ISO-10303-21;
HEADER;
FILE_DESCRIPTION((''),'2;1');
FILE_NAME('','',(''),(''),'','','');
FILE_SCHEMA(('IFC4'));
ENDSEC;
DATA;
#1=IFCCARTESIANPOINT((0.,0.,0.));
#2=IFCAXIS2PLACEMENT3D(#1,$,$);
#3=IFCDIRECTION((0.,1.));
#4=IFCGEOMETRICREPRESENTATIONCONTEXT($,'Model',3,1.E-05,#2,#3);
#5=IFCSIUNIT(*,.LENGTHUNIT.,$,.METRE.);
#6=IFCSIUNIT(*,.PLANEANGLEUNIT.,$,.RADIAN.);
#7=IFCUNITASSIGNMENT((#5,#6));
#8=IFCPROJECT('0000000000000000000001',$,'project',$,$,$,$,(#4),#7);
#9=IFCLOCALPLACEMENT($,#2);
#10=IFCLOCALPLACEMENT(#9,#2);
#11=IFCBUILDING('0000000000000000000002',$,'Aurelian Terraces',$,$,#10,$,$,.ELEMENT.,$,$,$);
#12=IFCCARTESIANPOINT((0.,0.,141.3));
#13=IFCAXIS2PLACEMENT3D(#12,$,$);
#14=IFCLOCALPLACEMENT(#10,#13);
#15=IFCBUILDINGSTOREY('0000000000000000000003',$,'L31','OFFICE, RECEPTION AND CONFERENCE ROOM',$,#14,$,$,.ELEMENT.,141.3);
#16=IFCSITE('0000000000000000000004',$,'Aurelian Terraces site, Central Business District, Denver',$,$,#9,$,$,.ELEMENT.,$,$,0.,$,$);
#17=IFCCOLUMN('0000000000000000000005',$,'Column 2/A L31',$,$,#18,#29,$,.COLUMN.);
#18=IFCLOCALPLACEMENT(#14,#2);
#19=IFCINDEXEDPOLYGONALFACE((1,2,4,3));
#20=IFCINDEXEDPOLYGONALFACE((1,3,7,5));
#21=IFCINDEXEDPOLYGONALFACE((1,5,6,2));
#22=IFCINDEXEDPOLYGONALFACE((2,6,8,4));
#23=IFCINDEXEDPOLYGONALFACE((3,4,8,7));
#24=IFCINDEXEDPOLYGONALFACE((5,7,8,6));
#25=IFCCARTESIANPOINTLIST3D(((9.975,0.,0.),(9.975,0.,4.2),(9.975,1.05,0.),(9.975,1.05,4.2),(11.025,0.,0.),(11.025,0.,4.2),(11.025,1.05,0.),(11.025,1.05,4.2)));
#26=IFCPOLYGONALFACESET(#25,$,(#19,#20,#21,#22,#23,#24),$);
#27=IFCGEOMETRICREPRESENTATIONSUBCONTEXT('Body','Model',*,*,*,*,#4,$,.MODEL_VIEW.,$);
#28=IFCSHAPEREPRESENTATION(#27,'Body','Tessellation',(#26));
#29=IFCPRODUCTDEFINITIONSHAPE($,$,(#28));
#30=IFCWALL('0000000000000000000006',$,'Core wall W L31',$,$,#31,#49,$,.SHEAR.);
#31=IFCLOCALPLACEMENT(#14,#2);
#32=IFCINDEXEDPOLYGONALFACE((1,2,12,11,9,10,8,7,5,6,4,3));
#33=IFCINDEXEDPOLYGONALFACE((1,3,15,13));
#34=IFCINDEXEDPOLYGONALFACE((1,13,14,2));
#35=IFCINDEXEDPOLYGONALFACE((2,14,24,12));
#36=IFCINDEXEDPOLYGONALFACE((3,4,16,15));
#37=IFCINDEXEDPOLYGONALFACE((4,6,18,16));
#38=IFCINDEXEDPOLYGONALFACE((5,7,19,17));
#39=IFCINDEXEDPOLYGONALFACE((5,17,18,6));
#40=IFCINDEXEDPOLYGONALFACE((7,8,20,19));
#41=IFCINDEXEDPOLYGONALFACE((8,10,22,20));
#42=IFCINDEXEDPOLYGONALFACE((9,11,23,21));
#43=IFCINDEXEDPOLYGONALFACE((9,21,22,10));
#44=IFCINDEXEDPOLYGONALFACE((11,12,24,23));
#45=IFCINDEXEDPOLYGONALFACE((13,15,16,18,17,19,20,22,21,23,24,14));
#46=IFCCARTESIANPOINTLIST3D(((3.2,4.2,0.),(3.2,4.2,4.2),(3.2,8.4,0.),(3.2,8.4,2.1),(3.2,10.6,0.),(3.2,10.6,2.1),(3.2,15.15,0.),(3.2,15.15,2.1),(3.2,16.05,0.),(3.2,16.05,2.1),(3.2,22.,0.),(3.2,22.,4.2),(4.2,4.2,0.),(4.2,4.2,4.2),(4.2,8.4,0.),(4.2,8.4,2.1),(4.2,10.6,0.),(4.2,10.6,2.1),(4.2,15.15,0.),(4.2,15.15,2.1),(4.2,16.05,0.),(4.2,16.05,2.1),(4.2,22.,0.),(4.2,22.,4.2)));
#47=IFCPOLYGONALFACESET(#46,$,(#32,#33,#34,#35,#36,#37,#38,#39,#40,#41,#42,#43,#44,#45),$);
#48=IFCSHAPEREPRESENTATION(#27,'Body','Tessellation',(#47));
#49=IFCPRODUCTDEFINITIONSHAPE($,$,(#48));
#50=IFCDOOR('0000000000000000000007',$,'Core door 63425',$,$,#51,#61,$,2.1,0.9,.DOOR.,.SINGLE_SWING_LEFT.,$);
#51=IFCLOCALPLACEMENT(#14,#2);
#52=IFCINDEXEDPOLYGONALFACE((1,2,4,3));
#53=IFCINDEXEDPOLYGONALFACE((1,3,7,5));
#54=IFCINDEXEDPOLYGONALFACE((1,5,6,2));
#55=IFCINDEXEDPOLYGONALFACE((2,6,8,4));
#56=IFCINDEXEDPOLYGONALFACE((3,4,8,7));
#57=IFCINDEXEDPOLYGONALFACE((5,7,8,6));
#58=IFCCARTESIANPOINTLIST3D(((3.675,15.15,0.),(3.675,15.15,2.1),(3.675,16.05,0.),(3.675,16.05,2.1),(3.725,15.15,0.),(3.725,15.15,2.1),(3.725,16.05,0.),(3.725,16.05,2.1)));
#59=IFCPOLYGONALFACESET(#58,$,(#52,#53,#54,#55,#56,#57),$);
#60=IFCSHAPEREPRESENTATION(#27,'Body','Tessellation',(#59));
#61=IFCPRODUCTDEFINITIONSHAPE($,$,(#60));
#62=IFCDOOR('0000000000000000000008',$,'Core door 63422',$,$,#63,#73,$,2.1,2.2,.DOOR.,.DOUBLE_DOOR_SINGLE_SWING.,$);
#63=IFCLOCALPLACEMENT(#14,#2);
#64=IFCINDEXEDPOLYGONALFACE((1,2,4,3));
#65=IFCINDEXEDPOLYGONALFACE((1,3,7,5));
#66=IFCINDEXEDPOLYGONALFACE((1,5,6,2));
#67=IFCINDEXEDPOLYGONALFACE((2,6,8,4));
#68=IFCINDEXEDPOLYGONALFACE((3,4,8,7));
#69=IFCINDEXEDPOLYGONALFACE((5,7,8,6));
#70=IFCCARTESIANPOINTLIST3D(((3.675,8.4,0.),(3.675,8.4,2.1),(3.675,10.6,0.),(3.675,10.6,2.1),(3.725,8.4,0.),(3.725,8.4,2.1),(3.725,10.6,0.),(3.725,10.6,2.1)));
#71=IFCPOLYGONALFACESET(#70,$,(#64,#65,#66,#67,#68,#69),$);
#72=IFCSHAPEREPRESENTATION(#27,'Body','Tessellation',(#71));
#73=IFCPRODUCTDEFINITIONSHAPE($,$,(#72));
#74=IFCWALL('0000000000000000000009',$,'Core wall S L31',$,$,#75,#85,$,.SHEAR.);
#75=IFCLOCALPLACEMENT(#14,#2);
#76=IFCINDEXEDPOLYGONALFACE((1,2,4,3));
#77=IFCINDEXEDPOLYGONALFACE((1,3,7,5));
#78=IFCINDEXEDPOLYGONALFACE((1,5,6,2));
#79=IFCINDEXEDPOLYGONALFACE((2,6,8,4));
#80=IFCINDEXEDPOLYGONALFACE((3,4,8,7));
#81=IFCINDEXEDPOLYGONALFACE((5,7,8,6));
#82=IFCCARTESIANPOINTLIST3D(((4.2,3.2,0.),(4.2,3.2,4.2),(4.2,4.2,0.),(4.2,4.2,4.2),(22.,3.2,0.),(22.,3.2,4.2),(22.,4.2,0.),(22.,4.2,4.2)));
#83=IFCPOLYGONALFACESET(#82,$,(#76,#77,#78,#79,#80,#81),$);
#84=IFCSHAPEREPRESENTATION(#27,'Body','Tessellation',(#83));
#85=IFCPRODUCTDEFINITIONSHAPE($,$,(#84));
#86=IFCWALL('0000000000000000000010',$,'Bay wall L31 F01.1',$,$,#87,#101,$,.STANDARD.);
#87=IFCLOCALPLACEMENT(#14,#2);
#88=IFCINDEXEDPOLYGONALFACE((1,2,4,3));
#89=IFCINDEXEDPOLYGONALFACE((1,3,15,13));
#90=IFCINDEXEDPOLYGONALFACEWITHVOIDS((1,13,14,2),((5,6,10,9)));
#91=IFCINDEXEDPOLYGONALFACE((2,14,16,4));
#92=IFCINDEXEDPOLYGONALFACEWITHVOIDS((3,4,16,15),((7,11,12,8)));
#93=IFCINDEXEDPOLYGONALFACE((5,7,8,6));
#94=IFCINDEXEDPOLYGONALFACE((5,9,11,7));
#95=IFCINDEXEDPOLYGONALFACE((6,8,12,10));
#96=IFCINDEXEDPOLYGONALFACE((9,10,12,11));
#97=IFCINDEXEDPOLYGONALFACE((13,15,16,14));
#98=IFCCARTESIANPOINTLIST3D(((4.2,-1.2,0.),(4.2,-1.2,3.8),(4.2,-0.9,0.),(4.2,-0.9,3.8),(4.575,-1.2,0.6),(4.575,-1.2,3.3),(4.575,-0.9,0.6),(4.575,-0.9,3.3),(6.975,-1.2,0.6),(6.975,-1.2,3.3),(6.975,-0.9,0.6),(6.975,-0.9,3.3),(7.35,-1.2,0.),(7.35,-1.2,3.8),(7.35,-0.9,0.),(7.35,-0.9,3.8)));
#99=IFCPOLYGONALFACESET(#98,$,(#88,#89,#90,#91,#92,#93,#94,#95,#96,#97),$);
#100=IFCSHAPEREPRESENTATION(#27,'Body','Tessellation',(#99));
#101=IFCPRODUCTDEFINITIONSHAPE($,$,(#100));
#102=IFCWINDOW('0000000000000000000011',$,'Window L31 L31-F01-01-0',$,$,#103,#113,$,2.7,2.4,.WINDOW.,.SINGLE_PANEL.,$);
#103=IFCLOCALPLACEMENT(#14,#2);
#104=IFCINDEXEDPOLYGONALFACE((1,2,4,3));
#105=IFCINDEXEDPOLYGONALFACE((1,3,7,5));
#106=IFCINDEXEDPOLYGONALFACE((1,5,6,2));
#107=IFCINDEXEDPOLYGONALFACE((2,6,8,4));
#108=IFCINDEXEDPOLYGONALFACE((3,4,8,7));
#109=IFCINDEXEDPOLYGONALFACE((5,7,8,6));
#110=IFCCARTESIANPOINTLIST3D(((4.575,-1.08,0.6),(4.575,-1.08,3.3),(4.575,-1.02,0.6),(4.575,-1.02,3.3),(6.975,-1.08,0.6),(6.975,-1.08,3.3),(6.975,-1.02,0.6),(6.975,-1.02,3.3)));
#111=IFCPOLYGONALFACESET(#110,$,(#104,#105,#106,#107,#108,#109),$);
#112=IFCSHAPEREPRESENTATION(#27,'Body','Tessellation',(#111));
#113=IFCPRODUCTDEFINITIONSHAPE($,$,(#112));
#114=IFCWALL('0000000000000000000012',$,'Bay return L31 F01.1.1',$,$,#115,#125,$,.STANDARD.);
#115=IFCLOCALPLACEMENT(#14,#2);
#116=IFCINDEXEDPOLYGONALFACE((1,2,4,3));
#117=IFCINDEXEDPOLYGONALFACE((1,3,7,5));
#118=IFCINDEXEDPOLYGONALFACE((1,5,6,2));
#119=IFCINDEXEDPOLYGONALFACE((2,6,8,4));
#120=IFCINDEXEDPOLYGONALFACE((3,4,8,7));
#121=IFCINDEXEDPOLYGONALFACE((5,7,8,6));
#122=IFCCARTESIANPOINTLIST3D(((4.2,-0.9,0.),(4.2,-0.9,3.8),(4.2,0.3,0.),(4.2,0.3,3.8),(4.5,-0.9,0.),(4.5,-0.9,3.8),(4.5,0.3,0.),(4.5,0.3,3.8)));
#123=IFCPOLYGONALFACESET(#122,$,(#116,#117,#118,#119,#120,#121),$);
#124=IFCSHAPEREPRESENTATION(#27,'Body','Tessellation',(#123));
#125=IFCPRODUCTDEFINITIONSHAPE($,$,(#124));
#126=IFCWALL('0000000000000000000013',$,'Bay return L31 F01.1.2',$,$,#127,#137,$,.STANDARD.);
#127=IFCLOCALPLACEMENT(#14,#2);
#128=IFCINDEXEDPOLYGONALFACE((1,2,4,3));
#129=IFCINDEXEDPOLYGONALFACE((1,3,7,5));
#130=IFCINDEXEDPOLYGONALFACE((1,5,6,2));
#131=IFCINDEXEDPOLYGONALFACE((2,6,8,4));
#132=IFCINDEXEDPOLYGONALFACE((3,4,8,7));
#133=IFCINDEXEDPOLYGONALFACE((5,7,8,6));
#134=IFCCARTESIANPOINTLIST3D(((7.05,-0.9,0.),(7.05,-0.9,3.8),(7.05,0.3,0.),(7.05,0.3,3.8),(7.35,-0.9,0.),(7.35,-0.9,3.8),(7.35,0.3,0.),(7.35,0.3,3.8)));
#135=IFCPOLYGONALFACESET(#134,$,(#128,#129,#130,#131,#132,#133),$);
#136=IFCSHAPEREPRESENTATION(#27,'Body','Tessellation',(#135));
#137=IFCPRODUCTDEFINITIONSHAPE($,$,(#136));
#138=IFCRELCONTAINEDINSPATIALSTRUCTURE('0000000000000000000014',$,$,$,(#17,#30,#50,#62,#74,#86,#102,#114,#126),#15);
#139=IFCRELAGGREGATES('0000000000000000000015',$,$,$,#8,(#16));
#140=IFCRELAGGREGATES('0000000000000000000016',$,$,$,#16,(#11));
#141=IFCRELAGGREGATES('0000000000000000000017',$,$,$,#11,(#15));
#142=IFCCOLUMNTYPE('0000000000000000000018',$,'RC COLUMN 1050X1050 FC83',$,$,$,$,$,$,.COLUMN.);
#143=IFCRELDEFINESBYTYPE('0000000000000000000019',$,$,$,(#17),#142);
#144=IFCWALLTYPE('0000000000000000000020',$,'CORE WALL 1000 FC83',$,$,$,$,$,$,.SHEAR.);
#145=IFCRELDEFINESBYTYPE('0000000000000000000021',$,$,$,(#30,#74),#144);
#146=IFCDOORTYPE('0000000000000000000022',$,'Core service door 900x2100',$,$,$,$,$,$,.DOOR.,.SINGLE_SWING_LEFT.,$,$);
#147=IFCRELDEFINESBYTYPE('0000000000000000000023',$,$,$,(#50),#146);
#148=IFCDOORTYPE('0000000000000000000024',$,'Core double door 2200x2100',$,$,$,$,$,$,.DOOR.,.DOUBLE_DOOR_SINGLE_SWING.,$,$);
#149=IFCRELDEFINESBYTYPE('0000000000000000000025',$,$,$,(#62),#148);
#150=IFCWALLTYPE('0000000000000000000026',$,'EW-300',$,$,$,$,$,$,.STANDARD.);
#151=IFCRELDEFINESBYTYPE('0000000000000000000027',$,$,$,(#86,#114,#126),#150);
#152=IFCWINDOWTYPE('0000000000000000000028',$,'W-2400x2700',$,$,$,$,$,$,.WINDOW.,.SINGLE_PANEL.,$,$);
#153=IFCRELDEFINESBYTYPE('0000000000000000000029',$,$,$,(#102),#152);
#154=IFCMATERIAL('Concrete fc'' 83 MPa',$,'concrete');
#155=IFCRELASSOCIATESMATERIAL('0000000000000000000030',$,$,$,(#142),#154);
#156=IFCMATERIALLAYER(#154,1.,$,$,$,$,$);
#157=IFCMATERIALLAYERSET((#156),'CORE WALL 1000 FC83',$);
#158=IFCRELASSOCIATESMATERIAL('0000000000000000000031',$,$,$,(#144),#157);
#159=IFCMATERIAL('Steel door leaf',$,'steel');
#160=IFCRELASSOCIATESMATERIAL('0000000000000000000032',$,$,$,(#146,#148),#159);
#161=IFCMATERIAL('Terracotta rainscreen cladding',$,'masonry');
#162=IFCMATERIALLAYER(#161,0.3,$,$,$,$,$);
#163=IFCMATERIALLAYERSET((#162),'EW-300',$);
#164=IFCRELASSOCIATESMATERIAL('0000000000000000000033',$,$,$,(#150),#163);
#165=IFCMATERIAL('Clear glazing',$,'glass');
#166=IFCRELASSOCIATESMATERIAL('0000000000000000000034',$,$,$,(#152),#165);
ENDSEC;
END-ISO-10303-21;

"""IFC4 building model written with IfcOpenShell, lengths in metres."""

from ifc_helpers import new_model, si_unit, direction, frame, frame_2d, origin, origin_2d, place, context, subcontext, project, spatial, rectangle, extrude, source, transform, mapped, material, layer, layer_set, material_profile, profile_set, type_object, element, fill, save


model = new_model("IFC4")

# Units and contexts
model_context = context("Model", 3, precision=1e-05, world=origin(), true_north=direction((0.0, 1.0)))
body_context = subcontext(model_context, "Body", "Model", "MODEL_VIEW")
ifc_project = project(units=[si_unit("LENGTHUNIT", "METRE"), si_unit("PLANEANGLEUNIT", "RADIAN")], contexts=[model_context])

# Site, building, storey
site_placement = place(None, origin())
site = spatial("IfcSite", under=ifc_project, at=site_placement, Name="Aurelian Terraces site, Central Business District, Denver", CompositionType="ELEMENT", RefElevation=0.0)
building_placement = place(site_placement, origin())
building = spatial("IfcBuilding", under=site, at=building_placement, Name="Aurelian Terraces", CompositionType="ELEMENT")
storey_placement = place(building_placement, frame((0.0, 0.0, 141.3)))
storey = spatial("IfcBuildingStorey", under=building, at=storey_placement, Name="L31", Description="OFFICE, RECEPTION AND CONFERENCE ROOM", CompositionType="ELEMENT", Elevation=141.3)

# Column
ifc_material_1 = material(Name="Concrete fc' 83 MPa", Category="concrete")
ifc_material_profile = material_profile(ifc_material_1, rectangle(XDim=1.05, YDim=1.05, at=origin_2d()))
ifc_profile_set = profile_set([ifc_material_profile], Name="Concrete fc' 83 MPa")
column_type = type_object("IfcColumnType", Name="RC COLUMN 1050X1050 FC83", PredefinedType="COLUMN", material=ifc_profile_set)
shared_shape_1 = source(origin(), body_context, "Body", "SweptSolid", [
    extrude(rectangle(XDim=1.05, YDim=1.05, at=origin_2d()), origin(), (0.0, 0.0, 1.0), 4.2),
])
column_placement = place(storey_placement, frame((10.5, 0.525, 0.0), z_axis=(0.0, 0.0, 1.0), x_axis=(1.0, 0.0, 0.0)))
element("IfcColumn", 1, at=column_placement, inside=storey, type_object=column_type, Name="Column 2/A L31", PredefinedType="COLUMN", context=body_context, shape_type="MappedRepresentation", body=[
    mapped(shared_shape_1, transform((0.0, 0.0, 0.0), scale=1.0)),
])

# Wall, openings, doors
ifc_layer_1 = layer(ifc_material_1, 1.0)
ifc_layer_set_1 = layer_set([ifc_layer_1], Name="CORE WALL 1000 FC83")
wall_type_1 = type_object("IfcWallType", Name="CORE WALL 1000 FC83", PredefinedType="SHEAR", material=ifc_layer_set_1)
shared_shape_2 = source(origin(), body_context, "Body", "SweptSolid", [
    extrude(rectangle(XDim=17.8, YDim=1.0, at=frame_2d((8.9, 0.0))), origin(), (0.0, 0.0, 1.0), 4.2),
])
wall_1_placement = place(storey_placement, frame((3.7, 4.2, 0.0), z_axis=(0.0, 0.0, 1.0), x_axis=(0.0, 1.0, 0.0)))
wall_1 = element("IfcWall", 2, at=wall_1_placement, inside=storey, type_object=wall_type_1, Name="Core wall W L31", PredefinedType="SHEAR", context=body_context, shape_type="MappedRepresentation", body=[
    mapped(shared_shape_2, transform((0.0, 0.0, 0.0), scale=1.0)),
])
shared_shape_3 = source(origin(), body_context, "Body", "SweptSolid", [
    extrude(rectangle(XDim=2.2, YDim=2.1, at=frame_2d((1.1, 1.05))), frame((0.0, 0.51, 0.0), z_axis=(0.0, -1.0, 0.0), x_axis=(1.0, 0.0, 0.0)), (0.0, 0.0, 1.0), 1.02),
])
opening_1_placement = place(wall_1_placement, frame((4.2, 0.0, 0.0)))
opening_1 = element("IfcOpeningElement", 3, at=opening_1_placement, cuts=wall_1, PredefinedType="OPENING", context=body_context, shape_type="MappedRepresentation", body=[
    mapped(shared_shape_3, transform((0.0, 0.0, 0.0), scale=1.0)),
])
shared_shape_4 = source(origin(), body_context, "Body", "SweptSolid", [
    extrude(rectangle(XDim=0.9, YDim=2.1, at=frame_2d((0.45, 1.05))), frame((0.0, 0.51, 0.0), z_axis=(0.0, -1.0, 0.0), x_axis=(1.0, 0.0, 0.0)), (0.0, 0.0, 1.0), 1.02),
])
opening_2_placement = place(wall_1_placement, frame((10.95, 0.0, 0.0)))
opening_2 = element("IfcOpeningElement", 4, at=opening_2_placement, cuts=wall_1, PredefinedType="OPENING", context=body_context, shape_type="MappedRepresentation", body=[
    mapped(shared_shape_4, transform((0.0, 0.0, 0.0), scale=1.0)),
])
ifc_material_2 = material(Name="Steel door leaf", Category="steel")
door_type_1 = type_object("IfcDoorType", Name="Core service door 900x2100", OperationType="SINGLE_SWING_LEFT", PredefinedType="DOOR", material=ifc_material_2)
shared_shape_5 = source(origin(), body_context, "Body", "SweptSolid", [
    extrude(rectangle(XDim=0.9, YDim=2.1, at=frame_2d((0.45, 1.05))), frame((0.0, 0.025, 0.0), z_axis=(0.0, -1.0, 0.0), x_axis=(1.0, 0.0, 0.0)), (0.0, 0.0, 1.0), 0.05),
])
door_1_placement = place(opening_2_placement, origin())
door_1 = element("IfcDoor", 5, at=door_1_placement, inside=storey, type_object=door_type_1, Name="Core door 63425", OperationType="SINGLE_SWING_LEFT", OverallHeight=2.1, OverallWidth=0.9, PredefinedType="DOOR", context=body_context, shape_type="MappedRepresentation", body=[
    mapped(shared_shape_5, transform((0.0, 0.0, 0.0), scale=1.0)),
])
fill(opening_2, door_1)
door_type_2 = type_object("IfcDoorType", Name="Core double door 2200x2100", OperationType="DOUBLE_DOOR_SINGLE_SWING", PredefinedType="DOOR", material=ifc_material_2)
shared_shape_6 = source(origin(), body_context, "Body", "SweptSolid", [
    extrude(rectangle(XDim=2.2, YDim=2.1, at=frame_2d((1.1, 1.05))), frame((0.0, 0.025, 0.0), z_axis=(0.0, -1.0, 0.0), x_axis=(1.0, 0.0, 0.0)), (0.0, 0.0, 1.0), 0.05),
])
door_2_placement = place(opening_1_placement, origin())
door_2 = element("IfcDoor", 6, at=door_2_placement, inside=storey, type_object=door_type_2, Name="Core door 63422", OperationType="DOUBLE_DOOR_SINGLE_SWING", OverallHeight=2.1, OverallWidth=2.2, PredefinedType="DOOR", context=body_context, shape_type="MappedRepresentation", body=[
    mapped(shared_shape_6, transform((0.0, 0.0, 0.0), scale=1.0)),
])
fill(opening_1, door_2)

# Wall
wall_2_placement = place(storey_placement, frame((4.2, 3.7, 0.0), z_axis=(0.0, 0.0, 1.0), x_axis=(1.0, 0.0, 0.0)))
element("IfcWall", 7, at=wall_2_placement, inside=storey, type_object=wall_type_1, Name="Core wall S L31", PredefinedType="SHEAR", context=body_context, shape_type="MappedRepresentation", body=[
    mapped(shared_shape_2, transform((0.0, 0.0, 0.0), scale=1.0)),
])

# Wall, opening, window
ifc_material_3 = material(Name="Terracotta rainscreen cladding", Category="masonry")
ifc_layer_2 = layer(ifc_material_3, 0.3)
ifc_layer_set_2 = layer_set([ifc_layer_2], Name="EW-300")
wall_type_2 = type_object("IfcWallType", Name="EW-300", PredefinedType="STANDARD", material=ifc_layer_set_2)
shared_shape_7 = source(origin(), body_context, "Body", "SweptSolid", [
    extrude(rectangle(XDim=3.15, YDim=0.3, at=frame_2d((1.575, 0.0))), origin(), (0.0, 0.0, 1.0), 3.8),
])
wall_3_placement = place(storey_placement, frame((4.2, -1.05, 0.0), z_axis=(0.0, 0.0, 1.0), x_axis=(1.0, 0.0, 0.0)))
wall_3 = element("IfcWall", 8, at=wall_3_placement, inside=storey, type_object=wall_type_2, Name="Bay wall L31 F01.1", PredefinedType="STANDARD", context=body_context, shape_type="MappedRepresentation", body=[
    mapped(shared_shape_7, transform((0.0, 0.0, 0.0), scale=1.0)),
])
shared_shape_8 = source(origin(), body_context, "Body", "SweptSolid", [
    extrude(rectangle(XDim=2.4, YDim=2.7, at=frame_2d((1.2, 1.35))), frame((0.0, 0.16, 0.0), z_axis=(0.0, -1.0, 0.0), x_axis=(1.0, 0.0, 0.0)), (0.0, 0.0, 1.0), 0.32),
])
opening_3_placement = place(wall_3_placement, frame((0.375, 0.0, 0.6)))
opening_3 = element("IfcOpeningElement", 9, at=opening_3_placement, cuts=wall_3, PredefinedType="OPENING", context=body_context, shape_type="MappedRepresentation", body=[
    mapped(shared_shape_8, transform((0.0, 0.0, 0.0), scale=1.0)),
])
ifc_material_4 = material(Name="Clear glazing", Category="glass")
window_type_1 = type_object("IfcWindowType", Name="W-2400x2700", PartitioningType="SINGLE_PANEL", PredefinedType="WINDOW", material=ifc_material_4)
shared_shape_9 = source(origin(), body_context, "Body", "SweptSolid", [
    extrude(rectangle(XDim=2.4, YDim=2.7, at=frame_2d((1.2, 1.35))), frame((0.0, 0.03, 0.0), z_axis=(0.0, -1.0, 0.0), x_axis=(1.0, 0.0, 0.0)), (0.0, 0.0, 1.0), 0.06),
])
window_1_placement = place(opening_3_placement, origin())
window_1 = element("IfcWindow", 10, at=window_1_placement, inside=storey, type_object=window_type_1, Name="Window L31 L31-F01-01-0", OverallHeight=2.7, OverallWidth=2.4, PartitioningType="SINGLE_PANEL", PredefinedType="WINDOW", context=body_context, shape_type="MappedRepresentation", body=[
    mapped(shared_shape_9, transform((0.0, 0.0, 0.0), scale=1.0)),
])
fill(opening_3, window_1)

# Walls
shared_shape_10 = source(origin(), body_context, "Body", "SweptSolid", [
    extrude(rectangle(XDim=1.2, YDim=0.3, at=frame_2d((0.6, 0.0))), origin(), (0.0, 0.0, 1.0), 3.8),
])
for number, where, z_axis, x_axis, name in (
    (11, (4.35, 0.3, 0.0), (0.0, 0.0, 1.0), (0.0, -1.0, 0.0), "Bay return L31 F01.1.1"),
    (12, (7.2, 0.3, 0.0), (0.0, 0.0, 1.0), (0.0, -1.0, 0.0), "Bay return L31 F01.1.2"),
):
    element("IfcWall", number, at=place(storey_placement, frame(where, z_axis=z_axis, x_axis=x_axis)), inside=storey, type_object=wall_type_2, Name=name, PredefinedType="STANDARD", context=body_context, shape_type="MappedRepresentation", body=[
        mapped(shared_shape_10, transform((0.0, 0.0, 0.0), scale=1.0)),
    ])

save(model, "model.ifc")
